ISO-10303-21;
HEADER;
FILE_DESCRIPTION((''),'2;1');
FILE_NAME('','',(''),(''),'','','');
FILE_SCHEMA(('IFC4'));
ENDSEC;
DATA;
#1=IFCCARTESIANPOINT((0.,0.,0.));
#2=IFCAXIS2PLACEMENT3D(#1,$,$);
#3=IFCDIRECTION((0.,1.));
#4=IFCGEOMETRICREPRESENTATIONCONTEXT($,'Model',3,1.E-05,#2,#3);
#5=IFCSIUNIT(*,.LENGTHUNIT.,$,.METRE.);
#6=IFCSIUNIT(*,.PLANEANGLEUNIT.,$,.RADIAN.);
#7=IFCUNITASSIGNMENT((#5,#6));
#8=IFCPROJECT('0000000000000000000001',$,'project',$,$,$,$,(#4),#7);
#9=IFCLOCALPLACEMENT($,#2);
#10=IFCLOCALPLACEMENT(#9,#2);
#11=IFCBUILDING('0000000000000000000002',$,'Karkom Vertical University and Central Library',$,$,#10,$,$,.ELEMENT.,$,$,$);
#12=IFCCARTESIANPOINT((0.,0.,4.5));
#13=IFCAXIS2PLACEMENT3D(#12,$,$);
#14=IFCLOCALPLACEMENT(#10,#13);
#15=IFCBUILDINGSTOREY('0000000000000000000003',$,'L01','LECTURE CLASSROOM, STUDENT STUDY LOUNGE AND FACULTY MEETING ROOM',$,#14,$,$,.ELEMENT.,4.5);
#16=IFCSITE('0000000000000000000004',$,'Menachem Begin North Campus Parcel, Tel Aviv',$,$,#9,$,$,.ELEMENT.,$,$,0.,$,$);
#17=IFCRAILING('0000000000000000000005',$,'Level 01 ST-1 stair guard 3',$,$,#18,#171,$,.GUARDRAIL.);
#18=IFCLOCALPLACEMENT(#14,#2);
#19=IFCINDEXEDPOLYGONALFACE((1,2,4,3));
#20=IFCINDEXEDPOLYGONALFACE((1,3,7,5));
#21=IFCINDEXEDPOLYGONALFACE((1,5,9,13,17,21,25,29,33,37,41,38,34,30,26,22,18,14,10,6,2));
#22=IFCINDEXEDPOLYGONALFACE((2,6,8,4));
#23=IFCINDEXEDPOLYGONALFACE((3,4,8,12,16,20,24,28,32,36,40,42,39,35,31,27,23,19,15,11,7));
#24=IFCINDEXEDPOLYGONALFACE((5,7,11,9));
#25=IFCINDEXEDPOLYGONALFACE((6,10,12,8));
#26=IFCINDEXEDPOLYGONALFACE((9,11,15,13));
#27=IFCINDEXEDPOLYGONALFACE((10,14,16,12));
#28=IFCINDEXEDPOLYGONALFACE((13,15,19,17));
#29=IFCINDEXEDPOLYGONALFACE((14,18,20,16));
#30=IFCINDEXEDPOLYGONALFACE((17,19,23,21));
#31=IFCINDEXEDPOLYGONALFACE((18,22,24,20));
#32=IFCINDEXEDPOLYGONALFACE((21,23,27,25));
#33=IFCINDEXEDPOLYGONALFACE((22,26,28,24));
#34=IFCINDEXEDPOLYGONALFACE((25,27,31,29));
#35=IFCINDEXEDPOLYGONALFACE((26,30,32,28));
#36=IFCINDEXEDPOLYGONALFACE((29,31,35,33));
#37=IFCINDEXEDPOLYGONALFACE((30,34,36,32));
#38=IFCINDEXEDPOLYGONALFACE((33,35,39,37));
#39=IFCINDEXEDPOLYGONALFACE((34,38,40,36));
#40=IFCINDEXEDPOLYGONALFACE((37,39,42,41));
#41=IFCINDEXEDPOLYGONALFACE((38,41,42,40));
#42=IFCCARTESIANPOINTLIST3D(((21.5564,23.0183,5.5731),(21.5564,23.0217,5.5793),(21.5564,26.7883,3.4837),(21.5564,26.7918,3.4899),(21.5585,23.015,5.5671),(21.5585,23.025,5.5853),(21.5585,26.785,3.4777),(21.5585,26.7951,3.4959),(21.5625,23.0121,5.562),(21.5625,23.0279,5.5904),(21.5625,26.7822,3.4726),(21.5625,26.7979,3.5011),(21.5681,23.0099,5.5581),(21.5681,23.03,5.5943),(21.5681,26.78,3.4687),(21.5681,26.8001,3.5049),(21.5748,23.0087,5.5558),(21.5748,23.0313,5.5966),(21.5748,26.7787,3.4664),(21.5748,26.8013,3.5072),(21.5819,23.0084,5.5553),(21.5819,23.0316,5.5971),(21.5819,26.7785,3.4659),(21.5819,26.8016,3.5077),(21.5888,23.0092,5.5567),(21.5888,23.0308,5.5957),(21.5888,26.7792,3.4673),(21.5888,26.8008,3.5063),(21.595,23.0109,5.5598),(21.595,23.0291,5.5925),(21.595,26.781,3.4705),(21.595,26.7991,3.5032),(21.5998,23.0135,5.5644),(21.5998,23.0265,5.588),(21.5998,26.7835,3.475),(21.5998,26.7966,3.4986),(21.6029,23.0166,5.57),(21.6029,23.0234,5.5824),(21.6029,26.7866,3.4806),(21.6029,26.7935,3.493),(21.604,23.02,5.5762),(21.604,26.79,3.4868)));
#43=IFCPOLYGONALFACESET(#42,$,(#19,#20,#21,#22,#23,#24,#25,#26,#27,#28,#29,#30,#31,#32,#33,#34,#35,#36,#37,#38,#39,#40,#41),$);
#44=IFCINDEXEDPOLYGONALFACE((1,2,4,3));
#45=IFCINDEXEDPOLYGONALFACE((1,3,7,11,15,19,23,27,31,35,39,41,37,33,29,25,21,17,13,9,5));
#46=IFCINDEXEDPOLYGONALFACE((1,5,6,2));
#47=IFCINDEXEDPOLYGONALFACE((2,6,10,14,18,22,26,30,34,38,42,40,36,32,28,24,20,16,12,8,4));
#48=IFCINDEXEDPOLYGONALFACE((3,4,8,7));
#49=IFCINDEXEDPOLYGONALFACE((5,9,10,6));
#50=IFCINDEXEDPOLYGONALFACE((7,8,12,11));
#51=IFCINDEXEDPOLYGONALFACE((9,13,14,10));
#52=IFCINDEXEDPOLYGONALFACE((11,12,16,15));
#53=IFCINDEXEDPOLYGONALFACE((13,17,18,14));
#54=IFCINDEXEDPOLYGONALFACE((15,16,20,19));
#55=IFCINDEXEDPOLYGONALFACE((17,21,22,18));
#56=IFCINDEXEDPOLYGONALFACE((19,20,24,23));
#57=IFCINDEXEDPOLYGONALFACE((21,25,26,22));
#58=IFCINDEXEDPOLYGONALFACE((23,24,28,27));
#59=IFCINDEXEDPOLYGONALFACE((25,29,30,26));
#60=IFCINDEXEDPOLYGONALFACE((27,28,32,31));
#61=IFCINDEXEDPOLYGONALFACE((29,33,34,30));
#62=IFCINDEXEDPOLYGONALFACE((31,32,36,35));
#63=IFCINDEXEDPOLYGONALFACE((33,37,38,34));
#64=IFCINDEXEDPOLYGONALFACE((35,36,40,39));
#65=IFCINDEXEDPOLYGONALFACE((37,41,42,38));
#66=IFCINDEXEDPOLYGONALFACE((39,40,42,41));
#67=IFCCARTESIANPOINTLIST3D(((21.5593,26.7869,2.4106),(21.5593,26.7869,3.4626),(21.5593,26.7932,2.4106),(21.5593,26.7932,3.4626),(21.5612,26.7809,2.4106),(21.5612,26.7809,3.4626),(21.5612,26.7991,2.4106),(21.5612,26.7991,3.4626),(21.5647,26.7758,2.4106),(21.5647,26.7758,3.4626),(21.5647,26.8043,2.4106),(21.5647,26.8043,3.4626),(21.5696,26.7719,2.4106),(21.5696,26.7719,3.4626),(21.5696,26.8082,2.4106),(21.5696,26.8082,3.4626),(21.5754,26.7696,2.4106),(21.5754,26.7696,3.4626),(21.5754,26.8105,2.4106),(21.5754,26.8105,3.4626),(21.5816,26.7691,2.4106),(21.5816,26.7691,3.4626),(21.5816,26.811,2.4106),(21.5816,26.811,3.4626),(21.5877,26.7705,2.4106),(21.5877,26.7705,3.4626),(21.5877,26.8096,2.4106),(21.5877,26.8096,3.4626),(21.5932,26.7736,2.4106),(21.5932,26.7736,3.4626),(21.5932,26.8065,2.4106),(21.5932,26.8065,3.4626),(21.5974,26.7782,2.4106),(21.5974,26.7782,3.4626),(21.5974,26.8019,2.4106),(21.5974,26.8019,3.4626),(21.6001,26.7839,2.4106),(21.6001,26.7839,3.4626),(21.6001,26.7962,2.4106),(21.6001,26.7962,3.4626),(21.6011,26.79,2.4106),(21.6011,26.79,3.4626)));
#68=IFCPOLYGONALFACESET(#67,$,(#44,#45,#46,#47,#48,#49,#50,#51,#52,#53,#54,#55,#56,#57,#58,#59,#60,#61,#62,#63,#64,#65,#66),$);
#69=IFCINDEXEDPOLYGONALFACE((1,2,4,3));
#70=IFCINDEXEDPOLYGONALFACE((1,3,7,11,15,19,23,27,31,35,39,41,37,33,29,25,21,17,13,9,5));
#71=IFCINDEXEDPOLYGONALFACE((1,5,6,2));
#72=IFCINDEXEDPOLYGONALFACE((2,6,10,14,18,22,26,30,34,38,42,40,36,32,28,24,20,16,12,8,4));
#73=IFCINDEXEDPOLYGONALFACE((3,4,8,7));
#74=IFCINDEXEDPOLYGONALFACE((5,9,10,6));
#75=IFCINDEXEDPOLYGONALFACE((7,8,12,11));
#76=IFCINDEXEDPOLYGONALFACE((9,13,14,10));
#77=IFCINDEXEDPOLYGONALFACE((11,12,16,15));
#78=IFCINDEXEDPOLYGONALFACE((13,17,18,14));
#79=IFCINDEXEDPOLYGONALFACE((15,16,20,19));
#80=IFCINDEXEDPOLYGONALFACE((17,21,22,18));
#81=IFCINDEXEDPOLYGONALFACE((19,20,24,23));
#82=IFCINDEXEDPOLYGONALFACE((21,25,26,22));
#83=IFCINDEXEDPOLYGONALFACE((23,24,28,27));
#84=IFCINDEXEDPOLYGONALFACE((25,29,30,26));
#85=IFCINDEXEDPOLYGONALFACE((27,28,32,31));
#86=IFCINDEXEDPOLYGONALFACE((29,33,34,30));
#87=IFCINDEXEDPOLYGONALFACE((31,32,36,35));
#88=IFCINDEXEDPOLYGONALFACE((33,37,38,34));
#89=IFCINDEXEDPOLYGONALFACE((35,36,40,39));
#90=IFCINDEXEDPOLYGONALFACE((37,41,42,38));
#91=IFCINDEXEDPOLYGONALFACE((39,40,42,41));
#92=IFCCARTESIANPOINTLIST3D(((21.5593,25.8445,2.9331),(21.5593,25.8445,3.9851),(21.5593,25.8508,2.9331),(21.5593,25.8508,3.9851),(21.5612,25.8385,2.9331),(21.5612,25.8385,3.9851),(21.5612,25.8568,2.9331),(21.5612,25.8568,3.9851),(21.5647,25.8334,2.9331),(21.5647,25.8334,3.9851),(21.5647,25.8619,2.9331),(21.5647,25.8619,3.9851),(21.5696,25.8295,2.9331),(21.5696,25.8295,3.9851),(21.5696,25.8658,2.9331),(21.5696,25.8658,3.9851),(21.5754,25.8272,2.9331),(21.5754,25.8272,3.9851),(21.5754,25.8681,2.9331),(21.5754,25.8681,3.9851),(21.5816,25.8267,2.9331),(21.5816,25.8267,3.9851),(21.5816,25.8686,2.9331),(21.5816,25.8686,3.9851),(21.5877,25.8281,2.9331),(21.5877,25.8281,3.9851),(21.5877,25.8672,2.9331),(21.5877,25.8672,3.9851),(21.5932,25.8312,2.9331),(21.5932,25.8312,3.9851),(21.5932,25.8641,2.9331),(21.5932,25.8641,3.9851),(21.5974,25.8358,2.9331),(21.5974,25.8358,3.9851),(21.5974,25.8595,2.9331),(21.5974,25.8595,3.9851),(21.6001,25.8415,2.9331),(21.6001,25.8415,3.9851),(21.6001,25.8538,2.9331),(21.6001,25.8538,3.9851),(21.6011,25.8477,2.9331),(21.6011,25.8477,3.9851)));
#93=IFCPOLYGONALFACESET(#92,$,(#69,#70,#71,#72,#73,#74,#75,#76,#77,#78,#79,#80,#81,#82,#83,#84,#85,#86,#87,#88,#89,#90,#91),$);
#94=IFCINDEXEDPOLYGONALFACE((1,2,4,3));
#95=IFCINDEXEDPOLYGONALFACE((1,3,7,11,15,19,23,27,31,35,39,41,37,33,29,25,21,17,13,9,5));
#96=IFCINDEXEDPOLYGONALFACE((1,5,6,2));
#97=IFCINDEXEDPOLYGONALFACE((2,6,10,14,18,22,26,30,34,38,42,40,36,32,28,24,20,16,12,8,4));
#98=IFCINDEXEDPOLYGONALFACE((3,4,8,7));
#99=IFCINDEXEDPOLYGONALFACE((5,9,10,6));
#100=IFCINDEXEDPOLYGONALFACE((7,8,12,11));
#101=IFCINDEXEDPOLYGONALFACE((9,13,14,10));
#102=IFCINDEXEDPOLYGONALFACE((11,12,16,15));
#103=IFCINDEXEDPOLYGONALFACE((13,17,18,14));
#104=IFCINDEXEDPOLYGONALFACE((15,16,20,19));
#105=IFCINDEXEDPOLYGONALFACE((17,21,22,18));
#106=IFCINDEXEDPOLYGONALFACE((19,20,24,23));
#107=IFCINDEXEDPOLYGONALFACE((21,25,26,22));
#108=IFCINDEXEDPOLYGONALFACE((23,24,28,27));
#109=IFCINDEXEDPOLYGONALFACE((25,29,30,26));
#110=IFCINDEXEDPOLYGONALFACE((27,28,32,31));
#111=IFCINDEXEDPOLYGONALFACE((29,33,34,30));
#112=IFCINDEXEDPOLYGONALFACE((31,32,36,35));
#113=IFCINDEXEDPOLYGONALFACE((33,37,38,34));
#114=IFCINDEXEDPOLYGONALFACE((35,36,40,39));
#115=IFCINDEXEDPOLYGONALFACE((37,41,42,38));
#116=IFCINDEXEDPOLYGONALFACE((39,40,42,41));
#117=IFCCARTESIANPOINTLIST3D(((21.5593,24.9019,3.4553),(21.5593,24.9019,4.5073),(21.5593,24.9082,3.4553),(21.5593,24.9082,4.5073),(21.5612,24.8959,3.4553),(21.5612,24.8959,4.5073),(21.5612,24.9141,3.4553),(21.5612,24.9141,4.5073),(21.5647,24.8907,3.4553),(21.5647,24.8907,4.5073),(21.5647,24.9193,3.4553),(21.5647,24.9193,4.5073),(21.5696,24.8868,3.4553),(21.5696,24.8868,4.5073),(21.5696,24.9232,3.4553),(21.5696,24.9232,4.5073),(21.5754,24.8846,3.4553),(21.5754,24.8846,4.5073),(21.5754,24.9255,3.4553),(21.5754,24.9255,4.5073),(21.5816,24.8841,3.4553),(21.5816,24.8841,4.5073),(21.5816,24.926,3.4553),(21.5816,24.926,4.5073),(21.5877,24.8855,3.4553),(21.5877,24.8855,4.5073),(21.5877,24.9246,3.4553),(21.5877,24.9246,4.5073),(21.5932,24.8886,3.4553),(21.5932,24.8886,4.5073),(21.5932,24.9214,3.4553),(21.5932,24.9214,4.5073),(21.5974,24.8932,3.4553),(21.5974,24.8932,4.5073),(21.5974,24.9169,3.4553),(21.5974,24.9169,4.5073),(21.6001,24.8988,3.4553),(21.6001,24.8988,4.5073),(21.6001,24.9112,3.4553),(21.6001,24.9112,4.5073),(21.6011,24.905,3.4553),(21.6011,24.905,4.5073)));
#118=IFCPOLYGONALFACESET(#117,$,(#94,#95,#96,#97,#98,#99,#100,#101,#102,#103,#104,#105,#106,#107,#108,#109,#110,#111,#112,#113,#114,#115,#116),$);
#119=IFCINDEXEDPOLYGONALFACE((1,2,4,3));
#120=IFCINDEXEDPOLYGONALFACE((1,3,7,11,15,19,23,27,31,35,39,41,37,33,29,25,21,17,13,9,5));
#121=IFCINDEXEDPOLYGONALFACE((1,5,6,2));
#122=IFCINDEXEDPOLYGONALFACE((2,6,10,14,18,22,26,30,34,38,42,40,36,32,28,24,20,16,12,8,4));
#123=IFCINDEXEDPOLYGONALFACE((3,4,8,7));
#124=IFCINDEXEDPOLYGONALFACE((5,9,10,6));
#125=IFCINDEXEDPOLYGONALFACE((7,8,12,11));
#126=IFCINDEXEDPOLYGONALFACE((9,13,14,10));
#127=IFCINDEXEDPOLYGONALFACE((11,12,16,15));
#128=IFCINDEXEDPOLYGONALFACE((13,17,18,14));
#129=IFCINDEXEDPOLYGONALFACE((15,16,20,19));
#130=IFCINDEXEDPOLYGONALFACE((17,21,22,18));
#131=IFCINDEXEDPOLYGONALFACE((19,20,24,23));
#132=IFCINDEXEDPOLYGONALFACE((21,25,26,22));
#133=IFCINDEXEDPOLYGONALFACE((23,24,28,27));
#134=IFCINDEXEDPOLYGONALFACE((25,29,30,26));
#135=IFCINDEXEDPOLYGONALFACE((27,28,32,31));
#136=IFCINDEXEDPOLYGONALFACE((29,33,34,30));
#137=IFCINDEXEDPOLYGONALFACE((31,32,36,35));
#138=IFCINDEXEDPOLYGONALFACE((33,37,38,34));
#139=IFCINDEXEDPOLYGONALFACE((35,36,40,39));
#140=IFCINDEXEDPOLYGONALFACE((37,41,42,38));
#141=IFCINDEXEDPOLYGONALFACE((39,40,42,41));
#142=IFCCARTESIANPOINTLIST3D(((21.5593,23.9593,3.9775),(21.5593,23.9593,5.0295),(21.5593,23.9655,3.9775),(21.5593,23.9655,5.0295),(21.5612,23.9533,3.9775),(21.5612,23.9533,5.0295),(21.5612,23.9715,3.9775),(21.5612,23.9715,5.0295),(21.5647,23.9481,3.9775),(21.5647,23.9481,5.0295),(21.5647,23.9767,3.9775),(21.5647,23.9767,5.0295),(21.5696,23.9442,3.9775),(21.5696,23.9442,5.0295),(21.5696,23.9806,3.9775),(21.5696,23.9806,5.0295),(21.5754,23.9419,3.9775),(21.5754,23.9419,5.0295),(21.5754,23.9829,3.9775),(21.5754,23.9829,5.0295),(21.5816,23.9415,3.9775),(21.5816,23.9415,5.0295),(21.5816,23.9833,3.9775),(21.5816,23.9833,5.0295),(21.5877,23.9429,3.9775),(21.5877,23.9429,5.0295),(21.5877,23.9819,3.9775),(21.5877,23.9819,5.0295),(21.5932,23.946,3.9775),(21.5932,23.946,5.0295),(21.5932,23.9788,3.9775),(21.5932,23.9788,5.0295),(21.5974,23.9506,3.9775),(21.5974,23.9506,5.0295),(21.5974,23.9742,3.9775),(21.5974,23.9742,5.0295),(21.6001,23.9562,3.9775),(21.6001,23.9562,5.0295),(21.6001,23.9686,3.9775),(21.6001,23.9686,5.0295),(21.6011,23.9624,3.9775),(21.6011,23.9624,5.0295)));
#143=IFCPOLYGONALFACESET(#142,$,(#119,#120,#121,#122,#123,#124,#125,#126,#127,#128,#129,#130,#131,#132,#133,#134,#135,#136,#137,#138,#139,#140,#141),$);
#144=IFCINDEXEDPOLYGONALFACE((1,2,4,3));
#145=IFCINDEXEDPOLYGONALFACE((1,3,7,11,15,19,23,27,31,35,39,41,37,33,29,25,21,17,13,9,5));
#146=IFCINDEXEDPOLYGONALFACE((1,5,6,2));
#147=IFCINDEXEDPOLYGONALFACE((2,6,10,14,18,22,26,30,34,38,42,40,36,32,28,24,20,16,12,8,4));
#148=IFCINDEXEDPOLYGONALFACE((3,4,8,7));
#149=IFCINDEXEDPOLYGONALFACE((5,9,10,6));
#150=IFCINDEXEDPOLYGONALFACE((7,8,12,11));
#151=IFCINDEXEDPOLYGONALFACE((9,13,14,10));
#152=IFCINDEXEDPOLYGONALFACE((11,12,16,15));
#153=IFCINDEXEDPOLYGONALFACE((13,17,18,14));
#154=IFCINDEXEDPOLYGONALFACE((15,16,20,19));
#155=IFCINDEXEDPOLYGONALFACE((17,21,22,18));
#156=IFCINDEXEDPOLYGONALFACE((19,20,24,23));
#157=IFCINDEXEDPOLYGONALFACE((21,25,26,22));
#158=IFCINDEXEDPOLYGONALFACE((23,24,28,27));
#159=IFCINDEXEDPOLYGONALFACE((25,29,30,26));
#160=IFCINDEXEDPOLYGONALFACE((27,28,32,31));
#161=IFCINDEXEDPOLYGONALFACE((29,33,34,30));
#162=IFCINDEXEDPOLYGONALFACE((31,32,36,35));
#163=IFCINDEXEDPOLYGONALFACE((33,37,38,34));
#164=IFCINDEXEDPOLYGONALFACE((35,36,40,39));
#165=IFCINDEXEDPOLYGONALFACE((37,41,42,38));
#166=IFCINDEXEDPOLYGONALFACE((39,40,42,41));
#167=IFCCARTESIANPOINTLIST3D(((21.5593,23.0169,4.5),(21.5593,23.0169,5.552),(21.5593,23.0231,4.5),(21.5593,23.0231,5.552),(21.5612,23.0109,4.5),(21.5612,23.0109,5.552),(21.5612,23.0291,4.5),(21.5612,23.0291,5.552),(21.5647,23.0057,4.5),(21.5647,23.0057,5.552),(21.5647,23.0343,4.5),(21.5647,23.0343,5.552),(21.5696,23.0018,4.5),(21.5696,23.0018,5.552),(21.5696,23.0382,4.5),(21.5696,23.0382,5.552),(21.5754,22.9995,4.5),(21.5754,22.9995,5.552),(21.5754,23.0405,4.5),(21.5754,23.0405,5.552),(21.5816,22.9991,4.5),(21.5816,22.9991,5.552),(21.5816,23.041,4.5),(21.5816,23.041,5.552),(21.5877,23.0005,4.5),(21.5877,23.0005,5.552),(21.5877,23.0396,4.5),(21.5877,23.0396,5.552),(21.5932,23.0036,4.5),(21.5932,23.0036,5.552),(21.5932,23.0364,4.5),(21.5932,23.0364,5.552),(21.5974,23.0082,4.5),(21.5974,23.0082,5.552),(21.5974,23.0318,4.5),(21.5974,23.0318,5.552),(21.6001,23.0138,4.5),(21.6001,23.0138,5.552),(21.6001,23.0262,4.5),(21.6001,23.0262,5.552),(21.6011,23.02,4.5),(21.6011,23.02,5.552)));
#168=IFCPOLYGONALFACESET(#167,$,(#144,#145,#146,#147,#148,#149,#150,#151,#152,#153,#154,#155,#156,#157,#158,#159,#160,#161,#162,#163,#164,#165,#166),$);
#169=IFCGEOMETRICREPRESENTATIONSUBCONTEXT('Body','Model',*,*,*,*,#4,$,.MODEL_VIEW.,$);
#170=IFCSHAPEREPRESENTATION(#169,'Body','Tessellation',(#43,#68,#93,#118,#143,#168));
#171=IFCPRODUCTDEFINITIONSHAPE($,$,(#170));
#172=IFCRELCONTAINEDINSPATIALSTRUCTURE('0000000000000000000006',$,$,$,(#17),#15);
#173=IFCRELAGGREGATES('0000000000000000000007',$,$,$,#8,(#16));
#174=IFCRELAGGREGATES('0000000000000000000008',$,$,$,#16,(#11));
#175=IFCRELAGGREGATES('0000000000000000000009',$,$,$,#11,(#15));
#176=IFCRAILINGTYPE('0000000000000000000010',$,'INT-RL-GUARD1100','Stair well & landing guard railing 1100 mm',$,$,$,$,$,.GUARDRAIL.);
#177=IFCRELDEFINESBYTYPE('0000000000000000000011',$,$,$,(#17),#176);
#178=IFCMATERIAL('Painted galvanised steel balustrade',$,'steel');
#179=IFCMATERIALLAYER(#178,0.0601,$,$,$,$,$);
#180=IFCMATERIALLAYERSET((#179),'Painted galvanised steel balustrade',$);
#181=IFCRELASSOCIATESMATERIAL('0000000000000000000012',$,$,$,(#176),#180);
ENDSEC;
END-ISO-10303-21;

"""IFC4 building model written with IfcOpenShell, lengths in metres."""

from ifc_helpers import new_model, si_unit, direction, frame, origin, origin_2d, place, context, subcontext, project, spatial, circle, extrude, material, layer, layer_set, type_object, element, save


model = new_model("IFC4")

# Units and contexts
model_context = context("Model", 3, precision=1e-05, world=origin(), true_north=direction((0.0, 1.0)))
body_context = subcontext(model_context, "Body", "Model", "MODEL_VIEW")
ifc_project = project(units=[si_unit("LENGTHUNIT", "METRE"), si_unit("PLANEANGLEUNIT", "RADIAN")], contexts=[model_context])

# Site, building, storey
site_placement = place(None, origin())
site = spatial("IfcSite", under=ifc_project, at=site_placement, Name="Menachem Begin North Campus Parcel, Tel Aviv", CompositionType="ELEMENT", RefElevation=0.0)
building_placement = place(site_placement, origin())
building = spatial("IfcBuilding", under=site, at=building_placement, Name="Karkom Vertical University and Central Library", CompositionType="ELEMENT")
storey_placement = place(building_placement, frame((0.0, 0.0, 4.5)))
storey = spatial("IfcBuildingStorey", under=building, at=storey_placement, Name="L01", Description="LECTURE CLASSROOM, STUDENT STUDY LOUNGE AND FACULTY MEETING ROOM", CompositionType="ELEMENT", Elevation=4.5)

# Railing
ifc_material_1 = material(Name="Painted galvanised steel balustrade", Category="steel")
ifc_layer_1 = layer(ifc_material_1, 0.0601)
ifc_layer_set_1 = layer_set([ifc_layer_1], Name="Painted galvanised steel balustrade")
railing_type_1 = type_object("IfcRailingType", Name="INT-RL-GUARD1100", Description="Stair well & landing guard railing 1100 mm", PredefinedType="GUARDRAIL", material=ifc_layer_set_1)
railing_1_placement = place(storey_placement, frame((21.5801, 26.79, 2.4106)))
element("IfcRailing", 1, at=railing_1_placement, inside=storey, type_object=railing_type_1, Name="Level 01 ST-1 stair guard 3", PredefinedType="GUARDRAIL", context=body_context, shape_type="SweptSolid", body=[
    extrude(circle(Radius=0.0239, at=origin_2d()), frame((0.0, 0.0, 1.0762), z_axis=(0.0, -0.874659, 0.484739), x_axis=(1.0, 0.0, 0.0)), (0.0, 0.0, 1.0), 4.3103),
    extrude(circle(Radius=0.021, at=origin_2d()), origin(), (0.0, 0.0, 1.0), 1.052),
    extrude(circle(Radius=0.021, at=origin_2d()), frame((0.0, -0.9424, 0.5225)), (0.0, 0.0, 1.0), 1.052),
    extrude(circle(Radius=0.021, at=origin_2d()), frame((0.0, -1.885, 1.0447)), (0.0, 0.0, 1.0), 1.052),
    extrude(circle(Radius=0.021, at=origin_2d()), frame((0.0, -2.8276, 1.5669)), (0.0, 0.0, 1.0), 1.052),
    extrude(circle(Radius=0.021, at=origin_2d()), frame((0.0, -3.77, 2.0894)), (0.0, 0.0, 1.0), 1.052),
])

save(model, "model.ifc")
